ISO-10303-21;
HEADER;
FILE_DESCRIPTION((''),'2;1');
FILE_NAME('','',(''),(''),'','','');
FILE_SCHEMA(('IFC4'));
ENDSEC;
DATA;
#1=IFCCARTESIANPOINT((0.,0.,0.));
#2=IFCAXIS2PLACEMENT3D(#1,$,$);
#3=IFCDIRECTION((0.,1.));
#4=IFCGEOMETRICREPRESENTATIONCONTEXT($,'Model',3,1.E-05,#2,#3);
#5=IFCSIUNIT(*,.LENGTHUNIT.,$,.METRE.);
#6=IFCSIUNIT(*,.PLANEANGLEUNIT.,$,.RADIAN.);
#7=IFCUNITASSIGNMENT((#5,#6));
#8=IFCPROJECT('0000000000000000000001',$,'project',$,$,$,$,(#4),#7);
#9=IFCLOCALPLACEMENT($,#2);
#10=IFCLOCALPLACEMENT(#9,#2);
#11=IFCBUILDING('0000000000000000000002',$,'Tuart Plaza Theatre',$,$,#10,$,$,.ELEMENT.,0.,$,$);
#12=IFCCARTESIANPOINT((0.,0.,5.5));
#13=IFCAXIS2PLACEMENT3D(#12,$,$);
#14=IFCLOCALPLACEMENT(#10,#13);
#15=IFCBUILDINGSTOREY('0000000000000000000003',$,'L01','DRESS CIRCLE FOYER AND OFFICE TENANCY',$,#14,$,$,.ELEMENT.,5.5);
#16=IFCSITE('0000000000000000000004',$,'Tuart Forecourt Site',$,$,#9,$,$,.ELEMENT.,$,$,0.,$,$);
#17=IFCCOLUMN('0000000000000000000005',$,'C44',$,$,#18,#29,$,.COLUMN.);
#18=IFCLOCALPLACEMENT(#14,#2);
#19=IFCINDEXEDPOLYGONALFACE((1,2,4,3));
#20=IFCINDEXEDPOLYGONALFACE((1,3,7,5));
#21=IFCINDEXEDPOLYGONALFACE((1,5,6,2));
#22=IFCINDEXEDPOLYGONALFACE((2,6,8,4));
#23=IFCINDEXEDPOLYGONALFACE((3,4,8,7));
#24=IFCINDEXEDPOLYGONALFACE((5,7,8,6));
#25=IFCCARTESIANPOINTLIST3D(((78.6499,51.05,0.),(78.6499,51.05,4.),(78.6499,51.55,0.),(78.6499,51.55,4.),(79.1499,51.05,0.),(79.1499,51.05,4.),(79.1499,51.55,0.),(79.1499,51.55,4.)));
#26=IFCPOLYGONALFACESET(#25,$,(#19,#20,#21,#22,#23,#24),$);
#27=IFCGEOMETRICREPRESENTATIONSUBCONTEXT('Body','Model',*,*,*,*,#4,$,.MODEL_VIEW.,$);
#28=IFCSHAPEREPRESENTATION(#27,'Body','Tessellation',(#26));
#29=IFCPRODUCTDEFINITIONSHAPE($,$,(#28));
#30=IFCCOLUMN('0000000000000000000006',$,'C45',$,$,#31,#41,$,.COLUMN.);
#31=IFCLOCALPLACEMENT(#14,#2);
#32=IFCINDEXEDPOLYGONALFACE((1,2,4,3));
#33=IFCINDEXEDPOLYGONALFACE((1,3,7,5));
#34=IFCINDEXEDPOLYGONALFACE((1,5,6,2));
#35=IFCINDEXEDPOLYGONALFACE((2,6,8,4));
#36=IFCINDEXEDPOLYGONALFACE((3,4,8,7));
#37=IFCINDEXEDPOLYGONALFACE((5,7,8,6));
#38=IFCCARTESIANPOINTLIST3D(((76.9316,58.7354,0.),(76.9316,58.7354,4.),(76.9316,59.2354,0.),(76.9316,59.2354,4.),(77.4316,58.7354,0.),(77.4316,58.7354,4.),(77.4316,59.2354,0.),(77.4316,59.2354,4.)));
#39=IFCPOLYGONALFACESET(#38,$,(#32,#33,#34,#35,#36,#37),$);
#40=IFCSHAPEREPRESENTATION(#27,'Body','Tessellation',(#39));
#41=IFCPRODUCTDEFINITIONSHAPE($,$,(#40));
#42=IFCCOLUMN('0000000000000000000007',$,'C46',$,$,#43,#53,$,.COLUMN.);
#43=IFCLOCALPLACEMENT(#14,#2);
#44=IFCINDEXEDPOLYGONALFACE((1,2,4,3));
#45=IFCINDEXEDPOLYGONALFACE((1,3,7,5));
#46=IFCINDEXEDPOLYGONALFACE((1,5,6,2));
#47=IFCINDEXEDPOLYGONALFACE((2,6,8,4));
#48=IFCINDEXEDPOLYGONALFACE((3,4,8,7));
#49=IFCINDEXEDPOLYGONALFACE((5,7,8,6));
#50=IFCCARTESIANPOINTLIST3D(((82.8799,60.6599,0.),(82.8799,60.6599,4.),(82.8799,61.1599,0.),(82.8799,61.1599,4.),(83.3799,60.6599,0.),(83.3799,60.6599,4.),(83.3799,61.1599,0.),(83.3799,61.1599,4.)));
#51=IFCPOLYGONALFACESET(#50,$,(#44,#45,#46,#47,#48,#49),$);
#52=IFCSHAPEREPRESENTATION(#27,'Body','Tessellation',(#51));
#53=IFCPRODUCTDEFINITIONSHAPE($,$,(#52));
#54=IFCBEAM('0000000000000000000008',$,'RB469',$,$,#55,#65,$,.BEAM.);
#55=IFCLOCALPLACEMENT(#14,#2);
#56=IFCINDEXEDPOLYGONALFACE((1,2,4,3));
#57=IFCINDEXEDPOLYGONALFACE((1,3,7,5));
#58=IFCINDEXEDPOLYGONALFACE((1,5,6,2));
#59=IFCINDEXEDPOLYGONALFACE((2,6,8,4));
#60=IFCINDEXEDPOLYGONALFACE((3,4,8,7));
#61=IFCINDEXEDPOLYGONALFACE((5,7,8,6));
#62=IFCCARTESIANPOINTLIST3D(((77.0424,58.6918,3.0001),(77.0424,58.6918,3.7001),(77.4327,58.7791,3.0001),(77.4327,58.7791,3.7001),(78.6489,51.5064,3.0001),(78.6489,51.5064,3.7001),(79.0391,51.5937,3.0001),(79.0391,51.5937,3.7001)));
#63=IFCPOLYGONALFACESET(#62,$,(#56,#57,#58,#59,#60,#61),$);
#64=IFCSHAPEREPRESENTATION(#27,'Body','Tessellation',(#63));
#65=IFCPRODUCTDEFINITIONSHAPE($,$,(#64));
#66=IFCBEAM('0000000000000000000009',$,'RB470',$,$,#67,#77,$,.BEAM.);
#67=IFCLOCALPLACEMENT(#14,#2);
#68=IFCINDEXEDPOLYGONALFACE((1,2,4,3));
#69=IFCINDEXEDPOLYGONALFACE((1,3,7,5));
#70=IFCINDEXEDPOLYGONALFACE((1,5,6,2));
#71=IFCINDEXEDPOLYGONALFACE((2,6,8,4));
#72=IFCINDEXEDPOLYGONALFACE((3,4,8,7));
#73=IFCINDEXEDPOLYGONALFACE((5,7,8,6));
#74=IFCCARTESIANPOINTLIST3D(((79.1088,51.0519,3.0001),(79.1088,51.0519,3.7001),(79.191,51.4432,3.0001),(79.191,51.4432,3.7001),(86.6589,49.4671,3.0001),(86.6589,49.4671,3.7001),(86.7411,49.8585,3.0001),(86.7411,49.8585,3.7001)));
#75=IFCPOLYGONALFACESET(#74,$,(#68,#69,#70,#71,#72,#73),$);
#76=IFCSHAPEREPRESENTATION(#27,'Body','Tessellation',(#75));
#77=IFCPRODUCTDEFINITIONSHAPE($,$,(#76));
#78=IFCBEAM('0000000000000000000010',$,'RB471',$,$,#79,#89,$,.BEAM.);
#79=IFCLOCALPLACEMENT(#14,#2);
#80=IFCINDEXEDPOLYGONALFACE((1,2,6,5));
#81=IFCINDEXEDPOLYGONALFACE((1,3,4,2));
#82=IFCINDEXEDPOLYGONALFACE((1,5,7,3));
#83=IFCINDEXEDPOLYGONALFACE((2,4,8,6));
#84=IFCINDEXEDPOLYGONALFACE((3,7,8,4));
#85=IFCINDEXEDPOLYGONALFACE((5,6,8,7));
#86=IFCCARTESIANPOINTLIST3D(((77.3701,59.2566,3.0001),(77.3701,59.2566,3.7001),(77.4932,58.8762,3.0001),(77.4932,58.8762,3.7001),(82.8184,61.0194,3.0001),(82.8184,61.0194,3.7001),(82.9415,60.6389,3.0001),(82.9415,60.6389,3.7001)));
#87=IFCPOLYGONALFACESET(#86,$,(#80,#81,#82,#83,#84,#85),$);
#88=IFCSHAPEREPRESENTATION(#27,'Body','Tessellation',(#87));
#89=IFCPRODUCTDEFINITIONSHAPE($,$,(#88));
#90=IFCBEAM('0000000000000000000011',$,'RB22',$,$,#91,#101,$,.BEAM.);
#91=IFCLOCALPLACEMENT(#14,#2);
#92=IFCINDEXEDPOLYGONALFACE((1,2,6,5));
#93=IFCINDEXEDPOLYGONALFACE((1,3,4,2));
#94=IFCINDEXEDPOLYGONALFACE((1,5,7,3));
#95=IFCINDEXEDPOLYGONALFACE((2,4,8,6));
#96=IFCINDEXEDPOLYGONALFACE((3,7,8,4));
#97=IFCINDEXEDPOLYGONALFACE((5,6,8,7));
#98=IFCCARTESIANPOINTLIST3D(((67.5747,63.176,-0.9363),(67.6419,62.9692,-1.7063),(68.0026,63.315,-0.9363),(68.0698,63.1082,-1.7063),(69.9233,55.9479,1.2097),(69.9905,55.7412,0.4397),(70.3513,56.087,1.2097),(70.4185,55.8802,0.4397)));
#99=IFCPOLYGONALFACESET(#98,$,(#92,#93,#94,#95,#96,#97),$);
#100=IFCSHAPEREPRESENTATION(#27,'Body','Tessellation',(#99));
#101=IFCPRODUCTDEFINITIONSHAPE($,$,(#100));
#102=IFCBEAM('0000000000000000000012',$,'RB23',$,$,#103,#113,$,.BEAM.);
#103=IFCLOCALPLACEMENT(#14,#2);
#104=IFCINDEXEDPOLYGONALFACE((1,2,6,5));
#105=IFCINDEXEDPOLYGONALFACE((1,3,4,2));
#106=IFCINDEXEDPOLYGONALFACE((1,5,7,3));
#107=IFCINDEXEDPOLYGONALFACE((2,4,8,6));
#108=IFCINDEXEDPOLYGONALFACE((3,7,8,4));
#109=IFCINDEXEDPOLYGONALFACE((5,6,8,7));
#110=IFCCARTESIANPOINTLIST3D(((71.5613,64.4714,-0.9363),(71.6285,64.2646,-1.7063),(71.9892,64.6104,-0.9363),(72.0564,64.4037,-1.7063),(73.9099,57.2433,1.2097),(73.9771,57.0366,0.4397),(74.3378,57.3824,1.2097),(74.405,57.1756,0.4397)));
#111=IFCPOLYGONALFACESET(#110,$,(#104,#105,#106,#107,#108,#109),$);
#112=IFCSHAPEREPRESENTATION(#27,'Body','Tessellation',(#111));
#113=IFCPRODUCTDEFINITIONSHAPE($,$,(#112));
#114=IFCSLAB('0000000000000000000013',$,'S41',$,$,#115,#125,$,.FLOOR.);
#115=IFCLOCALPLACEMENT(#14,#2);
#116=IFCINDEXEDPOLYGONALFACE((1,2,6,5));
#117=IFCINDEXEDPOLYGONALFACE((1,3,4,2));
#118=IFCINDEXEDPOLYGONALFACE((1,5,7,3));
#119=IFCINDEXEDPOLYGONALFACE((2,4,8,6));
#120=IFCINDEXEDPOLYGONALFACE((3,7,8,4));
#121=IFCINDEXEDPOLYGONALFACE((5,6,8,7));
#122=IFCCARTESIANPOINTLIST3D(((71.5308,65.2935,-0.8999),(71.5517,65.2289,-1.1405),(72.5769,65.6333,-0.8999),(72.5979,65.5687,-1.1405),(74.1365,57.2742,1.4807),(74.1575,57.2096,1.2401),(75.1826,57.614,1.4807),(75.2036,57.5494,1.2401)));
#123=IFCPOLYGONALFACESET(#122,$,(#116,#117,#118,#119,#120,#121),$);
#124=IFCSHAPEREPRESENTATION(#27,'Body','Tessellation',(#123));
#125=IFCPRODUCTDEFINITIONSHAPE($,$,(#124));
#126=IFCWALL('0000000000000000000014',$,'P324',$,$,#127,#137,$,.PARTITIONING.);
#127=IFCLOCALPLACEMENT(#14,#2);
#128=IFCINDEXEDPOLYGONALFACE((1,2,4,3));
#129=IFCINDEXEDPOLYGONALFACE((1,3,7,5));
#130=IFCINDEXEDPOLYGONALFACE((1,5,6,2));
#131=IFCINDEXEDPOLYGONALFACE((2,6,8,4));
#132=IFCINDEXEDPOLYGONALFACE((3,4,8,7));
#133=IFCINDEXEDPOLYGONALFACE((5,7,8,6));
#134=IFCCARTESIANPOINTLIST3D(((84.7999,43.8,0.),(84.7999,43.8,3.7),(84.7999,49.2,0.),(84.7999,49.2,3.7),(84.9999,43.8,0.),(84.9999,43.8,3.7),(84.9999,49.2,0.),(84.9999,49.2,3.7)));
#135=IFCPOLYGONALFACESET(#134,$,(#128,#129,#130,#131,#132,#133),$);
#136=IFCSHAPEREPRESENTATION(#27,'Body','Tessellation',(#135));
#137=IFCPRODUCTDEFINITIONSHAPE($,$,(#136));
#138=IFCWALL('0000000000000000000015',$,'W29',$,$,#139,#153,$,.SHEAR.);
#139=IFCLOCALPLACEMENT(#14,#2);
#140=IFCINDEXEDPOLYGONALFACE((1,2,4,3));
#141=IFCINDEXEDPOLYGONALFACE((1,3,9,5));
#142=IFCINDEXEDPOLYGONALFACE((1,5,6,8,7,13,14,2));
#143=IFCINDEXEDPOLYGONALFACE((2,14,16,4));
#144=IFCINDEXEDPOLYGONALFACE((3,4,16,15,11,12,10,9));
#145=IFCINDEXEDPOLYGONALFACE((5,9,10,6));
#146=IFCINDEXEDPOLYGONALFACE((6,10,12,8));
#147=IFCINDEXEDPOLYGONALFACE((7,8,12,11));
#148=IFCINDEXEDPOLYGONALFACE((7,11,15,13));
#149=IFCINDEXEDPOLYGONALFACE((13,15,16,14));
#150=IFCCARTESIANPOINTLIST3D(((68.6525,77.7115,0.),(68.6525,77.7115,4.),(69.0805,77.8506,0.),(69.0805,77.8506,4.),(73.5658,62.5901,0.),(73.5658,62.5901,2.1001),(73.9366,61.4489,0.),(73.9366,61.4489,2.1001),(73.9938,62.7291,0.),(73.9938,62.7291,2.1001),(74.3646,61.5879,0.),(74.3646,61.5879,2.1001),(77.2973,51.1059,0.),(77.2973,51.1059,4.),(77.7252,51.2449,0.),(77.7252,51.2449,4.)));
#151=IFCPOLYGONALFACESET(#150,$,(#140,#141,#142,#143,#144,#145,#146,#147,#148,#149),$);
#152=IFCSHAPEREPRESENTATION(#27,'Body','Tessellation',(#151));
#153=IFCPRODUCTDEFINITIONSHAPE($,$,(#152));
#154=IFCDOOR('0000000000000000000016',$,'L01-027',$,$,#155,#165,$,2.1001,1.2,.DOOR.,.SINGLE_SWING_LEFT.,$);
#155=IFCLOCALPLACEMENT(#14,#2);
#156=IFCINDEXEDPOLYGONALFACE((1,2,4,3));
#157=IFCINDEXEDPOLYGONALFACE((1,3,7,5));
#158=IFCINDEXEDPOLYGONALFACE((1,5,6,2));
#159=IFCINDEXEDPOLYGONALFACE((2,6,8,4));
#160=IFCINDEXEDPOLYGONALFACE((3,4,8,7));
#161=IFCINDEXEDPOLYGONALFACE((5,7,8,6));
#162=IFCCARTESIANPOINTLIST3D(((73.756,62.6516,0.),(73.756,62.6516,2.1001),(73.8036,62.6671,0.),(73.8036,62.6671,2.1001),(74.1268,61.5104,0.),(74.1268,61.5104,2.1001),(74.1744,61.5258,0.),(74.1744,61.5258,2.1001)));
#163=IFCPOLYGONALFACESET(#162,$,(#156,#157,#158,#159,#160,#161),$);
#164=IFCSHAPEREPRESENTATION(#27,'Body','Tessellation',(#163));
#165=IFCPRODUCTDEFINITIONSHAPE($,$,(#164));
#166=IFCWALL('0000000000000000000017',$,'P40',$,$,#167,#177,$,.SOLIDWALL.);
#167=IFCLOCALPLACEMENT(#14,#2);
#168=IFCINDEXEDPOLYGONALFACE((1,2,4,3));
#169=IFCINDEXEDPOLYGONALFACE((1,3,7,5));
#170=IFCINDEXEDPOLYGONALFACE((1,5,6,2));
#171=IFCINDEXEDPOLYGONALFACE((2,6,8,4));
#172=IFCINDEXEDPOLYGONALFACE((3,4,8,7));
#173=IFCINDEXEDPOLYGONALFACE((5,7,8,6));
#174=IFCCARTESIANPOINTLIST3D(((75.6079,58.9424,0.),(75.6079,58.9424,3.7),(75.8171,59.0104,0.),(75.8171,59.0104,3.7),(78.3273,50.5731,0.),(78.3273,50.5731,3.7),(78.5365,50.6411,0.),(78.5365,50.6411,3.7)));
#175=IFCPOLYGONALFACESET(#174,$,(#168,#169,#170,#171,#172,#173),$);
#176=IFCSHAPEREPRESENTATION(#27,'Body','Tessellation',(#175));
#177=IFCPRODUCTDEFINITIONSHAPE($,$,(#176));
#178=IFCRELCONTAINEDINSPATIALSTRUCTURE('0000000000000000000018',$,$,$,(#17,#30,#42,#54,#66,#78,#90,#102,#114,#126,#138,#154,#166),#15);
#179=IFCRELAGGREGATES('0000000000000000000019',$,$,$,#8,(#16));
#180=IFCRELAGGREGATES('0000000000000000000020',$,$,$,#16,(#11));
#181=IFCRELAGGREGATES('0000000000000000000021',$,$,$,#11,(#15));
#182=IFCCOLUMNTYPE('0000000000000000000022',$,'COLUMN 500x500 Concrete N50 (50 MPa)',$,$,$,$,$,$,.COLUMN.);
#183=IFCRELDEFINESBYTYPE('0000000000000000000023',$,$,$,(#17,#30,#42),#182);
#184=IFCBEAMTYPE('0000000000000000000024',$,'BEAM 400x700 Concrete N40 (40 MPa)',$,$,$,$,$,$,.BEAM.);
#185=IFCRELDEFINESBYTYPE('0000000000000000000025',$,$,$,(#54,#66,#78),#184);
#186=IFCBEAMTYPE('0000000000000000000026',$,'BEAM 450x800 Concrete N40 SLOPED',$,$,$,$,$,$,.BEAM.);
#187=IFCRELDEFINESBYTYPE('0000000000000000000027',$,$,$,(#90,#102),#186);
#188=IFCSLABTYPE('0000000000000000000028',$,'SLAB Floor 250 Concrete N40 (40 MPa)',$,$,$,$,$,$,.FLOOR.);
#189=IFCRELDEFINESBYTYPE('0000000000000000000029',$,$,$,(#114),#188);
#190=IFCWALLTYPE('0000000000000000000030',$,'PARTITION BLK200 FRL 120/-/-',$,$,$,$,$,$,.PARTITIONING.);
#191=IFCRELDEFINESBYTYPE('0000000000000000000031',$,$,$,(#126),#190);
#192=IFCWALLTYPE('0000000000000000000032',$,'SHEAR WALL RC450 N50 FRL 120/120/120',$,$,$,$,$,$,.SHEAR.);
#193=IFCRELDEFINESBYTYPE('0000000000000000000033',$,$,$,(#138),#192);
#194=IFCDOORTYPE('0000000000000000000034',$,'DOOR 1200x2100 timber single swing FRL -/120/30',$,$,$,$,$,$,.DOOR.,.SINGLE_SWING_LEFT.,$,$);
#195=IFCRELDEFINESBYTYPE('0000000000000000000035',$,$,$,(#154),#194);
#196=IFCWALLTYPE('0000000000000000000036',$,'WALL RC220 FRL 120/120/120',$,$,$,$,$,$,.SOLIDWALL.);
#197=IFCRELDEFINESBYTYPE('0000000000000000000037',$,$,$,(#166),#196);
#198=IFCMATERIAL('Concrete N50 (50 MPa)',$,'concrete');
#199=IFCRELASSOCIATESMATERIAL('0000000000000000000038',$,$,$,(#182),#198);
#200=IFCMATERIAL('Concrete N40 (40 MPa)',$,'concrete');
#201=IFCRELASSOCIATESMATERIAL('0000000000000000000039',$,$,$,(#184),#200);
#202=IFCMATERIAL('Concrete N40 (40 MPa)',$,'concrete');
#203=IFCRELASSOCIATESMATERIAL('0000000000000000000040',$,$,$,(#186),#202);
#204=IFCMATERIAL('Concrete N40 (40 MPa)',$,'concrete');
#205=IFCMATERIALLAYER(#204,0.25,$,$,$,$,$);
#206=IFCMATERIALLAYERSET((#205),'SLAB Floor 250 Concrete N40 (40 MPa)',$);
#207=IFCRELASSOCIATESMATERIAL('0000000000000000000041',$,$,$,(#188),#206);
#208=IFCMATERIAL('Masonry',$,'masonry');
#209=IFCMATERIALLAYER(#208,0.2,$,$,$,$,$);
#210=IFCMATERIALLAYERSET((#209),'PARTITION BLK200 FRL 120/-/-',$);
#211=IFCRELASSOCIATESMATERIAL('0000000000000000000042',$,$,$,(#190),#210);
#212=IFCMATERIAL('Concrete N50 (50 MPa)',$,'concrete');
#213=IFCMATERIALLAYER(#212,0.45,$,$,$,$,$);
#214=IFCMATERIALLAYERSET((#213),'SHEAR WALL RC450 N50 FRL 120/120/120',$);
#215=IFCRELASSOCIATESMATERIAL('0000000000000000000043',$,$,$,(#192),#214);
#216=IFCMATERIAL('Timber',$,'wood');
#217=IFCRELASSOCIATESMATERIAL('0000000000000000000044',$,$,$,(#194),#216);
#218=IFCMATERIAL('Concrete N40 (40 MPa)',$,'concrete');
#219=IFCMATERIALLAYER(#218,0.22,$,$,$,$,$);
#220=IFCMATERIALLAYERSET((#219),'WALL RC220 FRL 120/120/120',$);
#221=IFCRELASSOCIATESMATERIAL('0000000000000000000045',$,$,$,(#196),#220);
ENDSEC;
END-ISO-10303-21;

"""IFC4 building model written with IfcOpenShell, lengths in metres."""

from ifc_helpers import new_model, si_unit, direction, frame, frame_2d, origin, origin_2d, place, context, subcontext, project, spatial, polyline, rectangle, outline, extrude, material, layer, layer_set, material_profile, profile_set, type_object, element, fill, save


model = new_model("IFC4")

# Units and contexts
model_context = context("Model", 3, precision=1e-05, world=origin(), true_north=direction((0.0, 1.0)))
body_context = subcontext(model_context, "Body", "Model", "MODEL_VIEW")
ifc_project = project(units=[si_unit("LENGTHUNIT", "METRE"), si_unit("PLANEANGLEUNIT", "RADIAN")], contexts=[model_context])

# Site, building, storey
site_placement = place(None, origin())
site = spatial("IfcSite", under=ifc_project, at=site_placement, Name="Tuart Forecourt Site", CompositionType="ELEMENT", RefElevation=0.0)
building_placement = place(site_placement, origin())
building = spatial("IfcBuilding", under=site, at=building_placement, Name="Tuart Plaza Theatre", CompositionType="ELEMENT", ElevationOfRefHeight=0.0)
storey_placement = place(building_placement, frame((0.0, 0.0, 5.5)))
storey = spatial("IfcBuildingStorey", under=building, at=storey_placement, Name="L01", Description="DRESS CIRCLE FOYER AND OFFICE TENANCY", CompositionType="ELEMENT", Elevation=5.5)

# Columns
ifc_material_1 = material(Name="Concrete N50 (50 MPa)", Category="concrete")
ifc_material_profile_1 = material_profile(ifc_material_1, rectangle(XDim=0.5, YDim=0.5, at=origin_2d()), Name="COLUMN 500x500 Concrete N50 (50 MPa)")
ifc_profile_set_1 = profile_set([ifc_material_profile_1], Name="Concrete N50 (50 MPa)")
column_type = type_object("IfcColumnType", Name="COLUMN 500x500 Concrete N50 (50 MPa)", PredefinedType="COLUMN", material=ifc_profile_set_1)
for number, where, z_axis, x_axis, name in (
    (1, (78.8999, 51.3, 0.0), (0.0, 0.0, 1.0), (1.0, 0.0, 0.0), "C44"),
    (2, (77.1816, 58.9854, 0.0), (0.0, 0.0, 1.0), (1.0, 0.0, 0.0), "C45"),
    (3, (83.1299, 60.9099, 0.0), (0.0, 0.0, 1.0), (1.0, 0.0, 0.0), "C46"),
):
    element("IfcColumn", number, at=place(storey_placement, frame(where, z_axis=z_axis, x_axis=x_axis)), inside=storey, type_object=column_type, Name=name, PredefinedType="COLUMN", context=body_context, shape_type="SweptSolid", body=[
        extrude(rectangle(XDim=0.5, YDim=0.5, at=origin_2d()), origin(), (0.0, 0.0, 1.0), 4.0),
    ])

# Beams
ifc_material_2 = material(Name="Concrete N40 (40 MPa)", Category="concrete")
ifc_material_profile_2 = material_profile(ifc_material_2, rectangle(XDim=0.3999, YDim=0.7, at=origin_2d()), Name="BEAM 400x700 Concrete N40 (40 MPa)")
ifc_profile_set_2 = profile_set([ifc_material_profile_2], Name="Concrete N40 (40 MPa)")
beam_type_1 = type_object("IfcBeamType", Name="BEAM 400x700 Concrete N40 (40 MPa)", PredefinedType="BEAM", material=ifc_profile_set_2)
beam_1_placement = place(storey_placement, frame((78.844, 51.55, 3.3501), z_axis=(-0.218187, 0.975907, 0.0), x_axis=(-0.975907, -0.218187, 0.0)))
element("IfcBeam", 4, at=beam_1_placement, inside=storey, type_object=beam_type_1, Name="RB469", PredefinedType="BEAM", context=body_context, shape_type="SweptSolid", body=[
    extrude(rectangle(XDim=0.3999, YDim=0.7, at=origin_2d()), origin(), (0.0, 0.0, 1.0), 7.3628),
])
beam_2_placement = place(storey_placement, frame((79.1499, 51.2476, 3.3501), z_axis=(0.978674, -0.205419, 0.0), x_axis=(0.205419, 0.978674, 0.0)))
element("IfcBeam", 5, at=beam_2_placement, inside=storey, type_object=beam_type_1, Name="RB470", PredefinedType="BEAM", context=body_context, shape_type="SweptSolid", body=[
    extrude(rectangle(XDim=0.3999, YDim=0.7, at=origin_2d()), origin(), (0.0, 0.0, 1.0), 7.7146),
])
beam_3_placement = place(storey_placement, frame((77.4316, 59.0664, 3.3501), z_axis=(0.951443, 0.307825, 0.0), x_axis=(-0.307825, 0.951443, 0.0)))
element("IfcBeam", 6, at=beam_3_placement, inside=storey, type_object=beam_type_1, Name="RB471", PredefinedType="BEAM", context=body_context, shape_type="SweptSolid", body=[
    extrude(rectangle(XDim=0.3999, YDim=0.7, at=origin_2d()), origin(), (0.0, 0.0, 1.0), 5.7263),
])
ifc_material_3 = material(Name="Concrete N40 (40 MPa)", Category="concrete")
ifc_material_profile_3 = material_profile(ifc_material_3, rectangle(XDim=0.45, YDim=0.8, at=origin_2d()), Name="BEAM 450x800 Concrete N40 SLOPED")
ifc_profile_set_3 = profile_set([ifc_material_profile_3], Name="Concrete N40 (40 MPa)")
beam_type_2 = type_object("IfcBeamType", Name="BEAM 450x800 Concrete N40 SLOPED", PredefinedType="BEAM", material=ifc_profile_set_3)
for number, where, z_axis, x_axis, name in (
    (7, (70.1709, 55.9141, 0.8247), (-0.297401, 0.915265, -0.271741), (-0.951052, -0.309029, 0.0), "RB22"),
    (8, (74.1575, 57.2095, 0.8247), (-0.297401, 0.915265, -0.271741), (-0.951052, -0.309029, 0.0), "RB23"),
):
    element("IfcBeam", number, at=place(storey_placement, frame(where, z_axis=z_axis, x_axis=x_axis)), inside=storey, type_object=beam_type_2, Name=name, PredefinedType="BEAM", context=body_context, shape_type="SweptSolid", body=[
        extrude(rectangle(XDim=0.45, YDim=0.8, at=origin_2d()), origin(), (0.0, 0.0, 1.0), 7.8972),
    ])

# Slab
ifc_material_4 = material(Name="Concrete N40 (40 MPa)", Category="concrete")
ifc_layer_1 = layer(ifc_material_4, 0.25)
ifc_layer_set_1 = layer_set([ifc_layer_1], Name="SLAB Floor 250 Concrete N40 (40 MPa)")
slab_type = type_object("IfcSlabType", Name="SLAB Floor 250 Concrete N40 (40 MPa)", PredefinedType="FLOOR", material=ifc_layer_set_1)
slab_placement = place(storey_placement, frame((74.1365, 57.2742, 1.4807), z_axis=(-0.083947, 0.258416, 0.962379), x_axis=(0.951075, 0.308961, 0.0)))
element("IfcSlab", 9, at=slab_placement, inside=storey, type_object=slab_type, Name="S41", PredefinedType="FLOOR", context=body_context, shape_type="SweptSolid", body=[
    extrude(outline(polyline([(0.0, 0.0), (1.1, 0.0), (1.0994, 8.7616), (-0.0006, 8.7616), (0.0, 0.0)])), origin(), (0.0, 0.0, -1.0), 0.25),
])

# Wall
ifc_material_5 = material(Name="Masonry", Category="masonry")
ifc_layer_2 = layer(ifc_material_5, 0.2)
ifc_layer_set_2 = layer_set([ifc_layer_2], Name="PARTITION BLK200 FRL 120/-/-")
wall_type_1 = type_object("IfcWallType", Name="PARTITION BLK200 FRL 120/-/-", PredefinedType="PARTITIONING", material=ifc_layer_set_2)
wall_1_placement = place(storey_placement, frame((84.8999, 49.2, 0.0), z_axis=(0.0, 0.0, 1.0), x_axis=(0.0, -1.0, 0.0)))
element("IfcWall", 10, at=wall_1_placement, inside=storey, type_object=wall_type_1, Name="P324", PredefinedType="PARTITIONING", context=body_context, shape_type="SweptSolid", body=[
    extrude(rectangle(XDim=5.3999, YDim=0.2, at=frame_2d((2.7, 0.0))), origin(), (0.0, 0.0, 1.0), 3.7),
])

# Wall, opening, door
ifc_material_6 = material(Name="Concrete N50 (50 MPa)", Category="concrete")
ifc_layer_3 = layer(ifc_material_6, 0.45)
ifc_layer_set_3 = layer_set([ifc_layer_3], Name="SHEAR WALL RC450 N50 FRL 120/120/120")
wall_type_2 = type_object("IfcWallType", Name="SHEAR WALL RC450 N50 FRL 120/120/120", PredefinedType="SHEAR", material=ifc_layer_set_3)
wall_2_placement = place(storey_placement, frame((77.5112, 51.1755, 0.0), z_axis=(0.0, 0.0, 1.0), x_axis=(-0.309019, 0.951056, 0.0)))
wall_2 = element("IfcWall", 11, at=wall_2_placement, inside=storey, type_object=wall_type_2, Name="W29", PredefinedType="SHEAR", context=body_context, shape_type="SweptSolid", body=[
    extrude(rectangle(XDim=27.9749, YDim=0.45, at=frame_2d((13.9873, 0.0))), origin(), (0.0, 0.0, 1.0), 4.0),
])
opening_placement = place(wall_2_placement, frame((10.875, 0.0, 0.0)))
opening = element("IfcOpeningElement", 12, at=opening_placement, cuts=wall_2, PredefinedType="OPENING", context=body_context, shape_type="SweptSolid", body=[
    extrude(rectangle(XDim=1.2, YDim=2.1001, at=frame_2d((0.6001, 1.05))), frame((0.0, 0.2349, 0.0), z_axis=(0.0, -1.0, 0.0), x_axis=(1.0, 0.0, 0.0)), (0.0, 0.0, 1.0), 0.47),
])
ifc_material_7 = material(Name="Timber", Category="wood")
door_type = type_object("IfcDoorType", Name="DOOR 1200x2100 timber single swing FRL -/120/30", OperationType="SINGLE_SWING_LEFT", PredefinedType="DOOR", material=ifc_material_7)
door_placement = place(opening_placement, frame((1.2, 0.0, 0.0), z_axis=(0.0, 0.0, 1.0), x_axis=(-1.0, 0.0, 0.0)))
door = element("IfcDoor", 13, at=door_placement, inside=storey, type_object=door_type, Name="L01-027", OperationType="SINGLE_SWING_LEFT", OverallHeight=2.1001, OverallWidth=1.2, PredefinedType="DOOR", context=body_context, shape_type="SweptSolid", body=[
    extrude(rectangle(XDim=1.2, YDim=2.1001, at=frame_2d((0.6001, 1.05))), frame((0.0, 0.0249, 0.0), z_axis=(0.0, -1.0, 0.0), x_axis=(1.0, 0.0, 0.0)), (0.0, 0.0, 1.0), 0.05),
])
fill(opening, door)

# Wall
ifc_material_8 = material(Name="Concrete N40 (40 MPa)", Category="concrete")
ifc_layer_4 = layer(ifc_material_8, 0.22)
ifc_layer_set_4 = layer_set([ifc_layer_4], Name="WALL RC220 FRL 120/120/120")
wall_type_3 = type_object("IfcWallType", Name="WALL RC220 FRL 120/120/120", PredefinedType="SOLIDWALL", material=ifc_layer_set_4)
wall_3_placement = place(storey_placement, frame((78.4319, 50.6072, 0.0), z_axis=(0.0, 0.0, 1.0), x_axis=(-0.309028, 0.951053, 0.0)))
element("IfcWall", 14, at=wall_3_placement, inside=storey, type_object=wall_type_3, Name="P40", PredefinedType="SOLIDWALL", context=body_context, shape_type="SweptSolid", body=[
    extrude(rectangle(XDim=8.8, YDim=0.22, at=frame_2d((4.3999, 0.0))), origin(), (0.0, 0.0, 1.0), 3.7),
])

save(model, "model.ifc")
